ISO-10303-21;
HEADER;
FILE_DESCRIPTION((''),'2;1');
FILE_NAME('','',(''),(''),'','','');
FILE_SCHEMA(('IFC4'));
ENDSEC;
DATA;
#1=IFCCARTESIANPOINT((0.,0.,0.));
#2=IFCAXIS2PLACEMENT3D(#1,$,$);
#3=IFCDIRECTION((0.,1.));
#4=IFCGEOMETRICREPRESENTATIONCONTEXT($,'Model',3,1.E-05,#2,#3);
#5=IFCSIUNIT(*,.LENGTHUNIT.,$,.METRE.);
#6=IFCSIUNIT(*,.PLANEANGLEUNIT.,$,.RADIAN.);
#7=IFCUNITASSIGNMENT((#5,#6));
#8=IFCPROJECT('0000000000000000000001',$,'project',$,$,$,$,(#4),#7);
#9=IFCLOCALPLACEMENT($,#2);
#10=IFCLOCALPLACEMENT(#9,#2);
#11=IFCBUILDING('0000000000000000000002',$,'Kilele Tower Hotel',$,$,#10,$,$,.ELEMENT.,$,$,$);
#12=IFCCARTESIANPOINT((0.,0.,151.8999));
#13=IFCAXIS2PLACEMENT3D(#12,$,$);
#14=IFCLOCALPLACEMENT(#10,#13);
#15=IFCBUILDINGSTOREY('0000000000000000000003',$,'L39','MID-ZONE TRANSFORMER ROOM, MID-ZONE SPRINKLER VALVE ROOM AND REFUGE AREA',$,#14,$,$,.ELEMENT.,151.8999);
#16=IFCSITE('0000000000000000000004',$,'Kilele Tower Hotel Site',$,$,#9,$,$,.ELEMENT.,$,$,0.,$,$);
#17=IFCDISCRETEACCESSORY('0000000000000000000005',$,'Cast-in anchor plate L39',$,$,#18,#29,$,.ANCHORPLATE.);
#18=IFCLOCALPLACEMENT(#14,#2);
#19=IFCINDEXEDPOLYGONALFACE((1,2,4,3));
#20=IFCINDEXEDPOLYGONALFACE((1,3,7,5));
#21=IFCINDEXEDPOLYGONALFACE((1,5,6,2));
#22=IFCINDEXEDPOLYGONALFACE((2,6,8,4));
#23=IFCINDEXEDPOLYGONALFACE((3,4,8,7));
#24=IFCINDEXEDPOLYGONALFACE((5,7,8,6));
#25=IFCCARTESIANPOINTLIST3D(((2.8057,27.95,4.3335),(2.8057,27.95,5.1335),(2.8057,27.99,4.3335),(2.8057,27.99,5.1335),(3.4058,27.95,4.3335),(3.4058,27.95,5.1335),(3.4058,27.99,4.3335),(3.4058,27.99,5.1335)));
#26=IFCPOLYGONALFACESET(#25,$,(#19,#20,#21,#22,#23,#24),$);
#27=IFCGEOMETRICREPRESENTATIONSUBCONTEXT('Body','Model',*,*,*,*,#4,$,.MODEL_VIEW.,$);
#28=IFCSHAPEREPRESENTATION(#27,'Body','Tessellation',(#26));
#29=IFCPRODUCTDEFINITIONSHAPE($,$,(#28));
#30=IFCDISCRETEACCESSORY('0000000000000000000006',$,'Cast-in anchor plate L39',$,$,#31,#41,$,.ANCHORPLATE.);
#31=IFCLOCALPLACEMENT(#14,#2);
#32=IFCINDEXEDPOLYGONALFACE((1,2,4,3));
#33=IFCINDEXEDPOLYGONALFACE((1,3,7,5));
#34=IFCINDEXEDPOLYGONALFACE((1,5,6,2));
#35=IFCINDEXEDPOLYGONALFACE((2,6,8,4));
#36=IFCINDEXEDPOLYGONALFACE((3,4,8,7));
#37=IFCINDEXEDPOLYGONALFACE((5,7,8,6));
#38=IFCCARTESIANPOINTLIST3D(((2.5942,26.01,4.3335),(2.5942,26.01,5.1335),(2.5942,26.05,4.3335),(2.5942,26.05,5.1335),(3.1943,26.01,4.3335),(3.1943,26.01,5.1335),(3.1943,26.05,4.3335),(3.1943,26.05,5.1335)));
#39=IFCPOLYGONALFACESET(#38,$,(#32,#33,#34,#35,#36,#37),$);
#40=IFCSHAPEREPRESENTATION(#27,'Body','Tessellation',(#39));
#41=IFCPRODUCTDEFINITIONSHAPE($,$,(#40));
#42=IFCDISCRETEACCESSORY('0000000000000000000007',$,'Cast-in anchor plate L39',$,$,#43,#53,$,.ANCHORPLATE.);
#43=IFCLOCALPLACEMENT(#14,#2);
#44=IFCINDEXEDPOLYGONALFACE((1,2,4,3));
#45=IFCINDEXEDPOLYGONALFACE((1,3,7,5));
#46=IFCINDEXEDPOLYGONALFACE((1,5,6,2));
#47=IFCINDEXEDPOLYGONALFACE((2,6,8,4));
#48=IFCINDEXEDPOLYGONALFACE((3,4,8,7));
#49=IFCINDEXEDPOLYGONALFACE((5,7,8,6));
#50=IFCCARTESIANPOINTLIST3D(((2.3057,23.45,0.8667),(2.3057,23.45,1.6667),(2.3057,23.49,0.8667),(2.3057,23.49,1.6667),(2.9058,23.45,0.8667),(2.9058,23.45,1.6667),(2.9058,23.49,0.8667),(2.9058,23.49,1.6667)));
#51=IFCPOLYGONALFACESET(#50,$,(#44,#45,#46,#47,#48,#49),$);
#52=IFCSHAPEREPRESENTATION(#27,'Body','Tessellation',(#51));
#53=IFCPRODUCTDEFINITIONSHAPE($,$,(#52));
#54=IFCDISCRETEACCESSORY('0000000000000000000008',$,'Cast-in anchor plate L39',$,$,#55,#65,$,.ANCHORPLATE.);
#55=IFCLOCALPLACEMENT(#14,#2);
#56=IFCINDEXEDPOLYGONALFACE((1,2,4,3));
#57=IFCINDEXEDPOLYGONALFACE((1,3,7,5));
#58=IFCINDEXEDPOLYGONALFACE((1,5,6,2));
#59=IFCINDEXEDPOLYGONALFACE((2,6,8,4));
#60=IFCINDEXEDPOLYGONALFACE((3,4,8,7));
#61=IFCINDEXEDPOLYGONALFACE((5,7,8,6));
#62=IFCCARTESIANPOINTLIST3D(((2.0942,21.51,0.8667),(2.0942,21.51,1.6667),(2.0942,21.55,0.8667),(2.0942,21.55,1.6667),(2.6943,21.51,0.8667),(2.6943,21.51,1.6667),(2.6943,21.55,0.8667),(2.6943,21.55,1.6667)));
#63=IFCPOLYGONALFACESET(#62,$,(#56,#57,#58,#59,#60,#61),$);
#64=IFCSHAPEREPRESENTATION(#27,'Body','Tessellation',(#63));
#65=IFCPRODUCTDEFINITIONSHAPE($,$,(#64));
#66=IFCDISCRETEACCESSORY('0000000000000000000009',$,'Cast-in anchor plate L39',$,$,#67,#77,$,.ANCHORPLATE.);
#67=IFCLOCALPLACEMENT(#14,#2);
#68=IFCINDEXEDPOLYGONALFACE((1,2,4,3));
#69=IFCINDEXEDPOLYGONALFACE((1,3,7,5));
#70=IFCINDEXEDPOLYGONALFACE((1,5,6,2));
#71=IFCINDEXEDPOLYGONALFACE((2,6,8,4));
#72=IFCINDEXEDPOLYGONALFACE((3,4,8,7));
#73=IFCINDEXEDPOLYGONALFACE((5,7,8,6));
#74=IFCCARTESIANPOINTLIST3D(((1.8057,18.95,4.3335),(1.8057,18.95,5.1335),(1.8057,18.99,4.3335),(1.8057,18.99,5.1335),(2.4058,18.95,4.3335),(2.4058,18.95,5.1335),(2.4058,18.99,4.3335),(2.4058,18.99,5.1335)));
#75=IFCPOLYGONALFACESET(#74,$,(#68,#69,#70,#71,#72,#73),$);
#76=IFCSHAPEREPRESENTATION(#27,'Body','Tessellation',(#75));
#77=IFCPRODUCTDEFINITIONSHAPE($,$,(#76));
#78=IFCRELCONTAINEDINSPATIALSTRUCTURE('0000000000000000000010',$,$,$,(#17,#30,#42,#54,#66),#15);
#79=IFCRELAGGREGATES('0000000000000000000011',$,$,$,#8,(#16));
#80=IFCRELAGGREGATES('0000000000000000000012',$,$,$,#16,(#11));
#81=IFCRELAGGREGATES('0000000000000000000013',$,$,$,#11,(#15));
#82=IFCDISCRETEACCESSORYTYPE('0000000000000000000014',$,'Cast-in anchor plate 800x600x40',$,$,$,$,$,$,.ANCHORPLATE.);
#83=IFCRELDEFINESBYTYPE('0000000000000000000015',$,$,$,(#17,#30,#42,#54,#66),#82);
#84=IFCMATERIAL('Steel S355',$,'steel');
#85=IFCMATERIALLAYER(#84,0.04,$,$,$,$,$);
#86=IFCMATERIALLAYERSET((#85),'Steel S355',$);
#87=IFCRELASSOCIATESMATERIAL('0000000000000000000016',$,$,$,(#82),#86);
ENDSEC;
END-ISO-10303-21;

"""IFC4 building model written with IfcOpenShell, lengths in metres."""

from ifc_helpers import new_model, si_unit, direction, frame, origin, place, context, subcontext, project, spatial, polyline, outline, extrude, source, transform, mapped, material, layer, layer_set, type_object, element, save


model = new_model("IFC4")

# Units and contexts
model_context = context("Model", 3, precision=1e-05, world=origin(), true_north=direction((0.0, 1.0)))
body_context = subcontext(model_context, "Body", "Model", "MODEL_VIEW")
ifc_project = project(units=[si_unit("LENGTHUNIT", "METRE"), si_unit("PLANEANGLEUNIT", "RADIAN")], contexts=[model_context])

# Site, building, storey
site_placement = place(None, origin())
site = spatial("IfcSite", under=ifc_project, at=site_placement, Name="Kilele Tower Hotel Site", CompositionType="ELEMENT", RefElevation=0.0)
building_placement = place(site_placement, origin())
building = spatial("IfcBuilding", under=site, at=building_placement, Name="Kilele Tower Hotel", CompositionType="ELEMENT")
storey_placement = place(building_placement, frame((0.0, 0.0, 151.8999)))
storey = spatial("IfcBuildingStorey", under=building, at=storey_placement, Name="L39", Description="MID-ZONE TRANSFORMER ROOM, MID-ZONE SPRINKLER VALVE ROOM AND REFUGE AREA", CompositionType="ELEMENT", Elevation=151.8999)

# Discrete accessories
ifc_material_1 = material(Name="Steel S355", Category="steel")
ifc_layer_1 = layer(ifc_material_1, 0.04)
ifc_layer_set_1 = layer_set([ifc_layer_1], Name="Steel S355")
discrete_accessory_type_1 = type_object("IfcDiscreteAccessoryType", Name="Cast-in anchor plate 800x600x40", PredefinedType="ANCHORPLATE", material=ifc_layer_set_1)
shared_shape_1 = source(origin(), body_context, "Body", "SweptSolid", [
    extrude(outline(polyline([(0.0, 0.0), (0.04, 0.0), (0.04, 0.8), (0.0, 0.8), (0.0, 0.0)])), origin(), (0.0, 0.0, 1.0), 0.6001),
])
for number, where, z_axis, x_axis, name in (
    (1, (2.8057, 27.95, 4.3335), (1.0, 0.0, 0.0), (0.0, 1.0, 0.0), "Cast-in anchor plate L39"),
    (2, (3.1943, 26.05, 4.3335), (-1.0, 0.0, 0.0), (0.0, -1.0, 0.0), "Cast-in anchor plate L39"),
    (3, (2.3057, 23.45, 0.8667), (1.0, 0.0, 0.0), (0.0, 1.0, 0.0), "Cast-in anchor plate L39"),
    (4, (2.6943, 21.55, 0.8667), (-1.0, 0.0, 0.0), (0.0, -1.0, 0.0), "Cast-in anchor plate L39"),
    (5, (1.8057, 18.95, 4.3335), (1.0, 0.0, 0.0), (0.0, 1.0, 0.0), "Cast-in anchor plate L39"),
):
    element("IfcDiscreteAccessory", number, at=place(storey_placement, frame(where, z_axis=z_axis, x_axis=x_axis)), inside=storey, type_object=discrete_accessory_type_1, Name=name, PredefinedType="ANCHORPLATE", context=body_context, shape_type="MappedRepresentation", body=[
        mapped(shared_shape_1, transform((0.0, 0.0, 0.0))),
    ])

save(model, "model.ifc")
